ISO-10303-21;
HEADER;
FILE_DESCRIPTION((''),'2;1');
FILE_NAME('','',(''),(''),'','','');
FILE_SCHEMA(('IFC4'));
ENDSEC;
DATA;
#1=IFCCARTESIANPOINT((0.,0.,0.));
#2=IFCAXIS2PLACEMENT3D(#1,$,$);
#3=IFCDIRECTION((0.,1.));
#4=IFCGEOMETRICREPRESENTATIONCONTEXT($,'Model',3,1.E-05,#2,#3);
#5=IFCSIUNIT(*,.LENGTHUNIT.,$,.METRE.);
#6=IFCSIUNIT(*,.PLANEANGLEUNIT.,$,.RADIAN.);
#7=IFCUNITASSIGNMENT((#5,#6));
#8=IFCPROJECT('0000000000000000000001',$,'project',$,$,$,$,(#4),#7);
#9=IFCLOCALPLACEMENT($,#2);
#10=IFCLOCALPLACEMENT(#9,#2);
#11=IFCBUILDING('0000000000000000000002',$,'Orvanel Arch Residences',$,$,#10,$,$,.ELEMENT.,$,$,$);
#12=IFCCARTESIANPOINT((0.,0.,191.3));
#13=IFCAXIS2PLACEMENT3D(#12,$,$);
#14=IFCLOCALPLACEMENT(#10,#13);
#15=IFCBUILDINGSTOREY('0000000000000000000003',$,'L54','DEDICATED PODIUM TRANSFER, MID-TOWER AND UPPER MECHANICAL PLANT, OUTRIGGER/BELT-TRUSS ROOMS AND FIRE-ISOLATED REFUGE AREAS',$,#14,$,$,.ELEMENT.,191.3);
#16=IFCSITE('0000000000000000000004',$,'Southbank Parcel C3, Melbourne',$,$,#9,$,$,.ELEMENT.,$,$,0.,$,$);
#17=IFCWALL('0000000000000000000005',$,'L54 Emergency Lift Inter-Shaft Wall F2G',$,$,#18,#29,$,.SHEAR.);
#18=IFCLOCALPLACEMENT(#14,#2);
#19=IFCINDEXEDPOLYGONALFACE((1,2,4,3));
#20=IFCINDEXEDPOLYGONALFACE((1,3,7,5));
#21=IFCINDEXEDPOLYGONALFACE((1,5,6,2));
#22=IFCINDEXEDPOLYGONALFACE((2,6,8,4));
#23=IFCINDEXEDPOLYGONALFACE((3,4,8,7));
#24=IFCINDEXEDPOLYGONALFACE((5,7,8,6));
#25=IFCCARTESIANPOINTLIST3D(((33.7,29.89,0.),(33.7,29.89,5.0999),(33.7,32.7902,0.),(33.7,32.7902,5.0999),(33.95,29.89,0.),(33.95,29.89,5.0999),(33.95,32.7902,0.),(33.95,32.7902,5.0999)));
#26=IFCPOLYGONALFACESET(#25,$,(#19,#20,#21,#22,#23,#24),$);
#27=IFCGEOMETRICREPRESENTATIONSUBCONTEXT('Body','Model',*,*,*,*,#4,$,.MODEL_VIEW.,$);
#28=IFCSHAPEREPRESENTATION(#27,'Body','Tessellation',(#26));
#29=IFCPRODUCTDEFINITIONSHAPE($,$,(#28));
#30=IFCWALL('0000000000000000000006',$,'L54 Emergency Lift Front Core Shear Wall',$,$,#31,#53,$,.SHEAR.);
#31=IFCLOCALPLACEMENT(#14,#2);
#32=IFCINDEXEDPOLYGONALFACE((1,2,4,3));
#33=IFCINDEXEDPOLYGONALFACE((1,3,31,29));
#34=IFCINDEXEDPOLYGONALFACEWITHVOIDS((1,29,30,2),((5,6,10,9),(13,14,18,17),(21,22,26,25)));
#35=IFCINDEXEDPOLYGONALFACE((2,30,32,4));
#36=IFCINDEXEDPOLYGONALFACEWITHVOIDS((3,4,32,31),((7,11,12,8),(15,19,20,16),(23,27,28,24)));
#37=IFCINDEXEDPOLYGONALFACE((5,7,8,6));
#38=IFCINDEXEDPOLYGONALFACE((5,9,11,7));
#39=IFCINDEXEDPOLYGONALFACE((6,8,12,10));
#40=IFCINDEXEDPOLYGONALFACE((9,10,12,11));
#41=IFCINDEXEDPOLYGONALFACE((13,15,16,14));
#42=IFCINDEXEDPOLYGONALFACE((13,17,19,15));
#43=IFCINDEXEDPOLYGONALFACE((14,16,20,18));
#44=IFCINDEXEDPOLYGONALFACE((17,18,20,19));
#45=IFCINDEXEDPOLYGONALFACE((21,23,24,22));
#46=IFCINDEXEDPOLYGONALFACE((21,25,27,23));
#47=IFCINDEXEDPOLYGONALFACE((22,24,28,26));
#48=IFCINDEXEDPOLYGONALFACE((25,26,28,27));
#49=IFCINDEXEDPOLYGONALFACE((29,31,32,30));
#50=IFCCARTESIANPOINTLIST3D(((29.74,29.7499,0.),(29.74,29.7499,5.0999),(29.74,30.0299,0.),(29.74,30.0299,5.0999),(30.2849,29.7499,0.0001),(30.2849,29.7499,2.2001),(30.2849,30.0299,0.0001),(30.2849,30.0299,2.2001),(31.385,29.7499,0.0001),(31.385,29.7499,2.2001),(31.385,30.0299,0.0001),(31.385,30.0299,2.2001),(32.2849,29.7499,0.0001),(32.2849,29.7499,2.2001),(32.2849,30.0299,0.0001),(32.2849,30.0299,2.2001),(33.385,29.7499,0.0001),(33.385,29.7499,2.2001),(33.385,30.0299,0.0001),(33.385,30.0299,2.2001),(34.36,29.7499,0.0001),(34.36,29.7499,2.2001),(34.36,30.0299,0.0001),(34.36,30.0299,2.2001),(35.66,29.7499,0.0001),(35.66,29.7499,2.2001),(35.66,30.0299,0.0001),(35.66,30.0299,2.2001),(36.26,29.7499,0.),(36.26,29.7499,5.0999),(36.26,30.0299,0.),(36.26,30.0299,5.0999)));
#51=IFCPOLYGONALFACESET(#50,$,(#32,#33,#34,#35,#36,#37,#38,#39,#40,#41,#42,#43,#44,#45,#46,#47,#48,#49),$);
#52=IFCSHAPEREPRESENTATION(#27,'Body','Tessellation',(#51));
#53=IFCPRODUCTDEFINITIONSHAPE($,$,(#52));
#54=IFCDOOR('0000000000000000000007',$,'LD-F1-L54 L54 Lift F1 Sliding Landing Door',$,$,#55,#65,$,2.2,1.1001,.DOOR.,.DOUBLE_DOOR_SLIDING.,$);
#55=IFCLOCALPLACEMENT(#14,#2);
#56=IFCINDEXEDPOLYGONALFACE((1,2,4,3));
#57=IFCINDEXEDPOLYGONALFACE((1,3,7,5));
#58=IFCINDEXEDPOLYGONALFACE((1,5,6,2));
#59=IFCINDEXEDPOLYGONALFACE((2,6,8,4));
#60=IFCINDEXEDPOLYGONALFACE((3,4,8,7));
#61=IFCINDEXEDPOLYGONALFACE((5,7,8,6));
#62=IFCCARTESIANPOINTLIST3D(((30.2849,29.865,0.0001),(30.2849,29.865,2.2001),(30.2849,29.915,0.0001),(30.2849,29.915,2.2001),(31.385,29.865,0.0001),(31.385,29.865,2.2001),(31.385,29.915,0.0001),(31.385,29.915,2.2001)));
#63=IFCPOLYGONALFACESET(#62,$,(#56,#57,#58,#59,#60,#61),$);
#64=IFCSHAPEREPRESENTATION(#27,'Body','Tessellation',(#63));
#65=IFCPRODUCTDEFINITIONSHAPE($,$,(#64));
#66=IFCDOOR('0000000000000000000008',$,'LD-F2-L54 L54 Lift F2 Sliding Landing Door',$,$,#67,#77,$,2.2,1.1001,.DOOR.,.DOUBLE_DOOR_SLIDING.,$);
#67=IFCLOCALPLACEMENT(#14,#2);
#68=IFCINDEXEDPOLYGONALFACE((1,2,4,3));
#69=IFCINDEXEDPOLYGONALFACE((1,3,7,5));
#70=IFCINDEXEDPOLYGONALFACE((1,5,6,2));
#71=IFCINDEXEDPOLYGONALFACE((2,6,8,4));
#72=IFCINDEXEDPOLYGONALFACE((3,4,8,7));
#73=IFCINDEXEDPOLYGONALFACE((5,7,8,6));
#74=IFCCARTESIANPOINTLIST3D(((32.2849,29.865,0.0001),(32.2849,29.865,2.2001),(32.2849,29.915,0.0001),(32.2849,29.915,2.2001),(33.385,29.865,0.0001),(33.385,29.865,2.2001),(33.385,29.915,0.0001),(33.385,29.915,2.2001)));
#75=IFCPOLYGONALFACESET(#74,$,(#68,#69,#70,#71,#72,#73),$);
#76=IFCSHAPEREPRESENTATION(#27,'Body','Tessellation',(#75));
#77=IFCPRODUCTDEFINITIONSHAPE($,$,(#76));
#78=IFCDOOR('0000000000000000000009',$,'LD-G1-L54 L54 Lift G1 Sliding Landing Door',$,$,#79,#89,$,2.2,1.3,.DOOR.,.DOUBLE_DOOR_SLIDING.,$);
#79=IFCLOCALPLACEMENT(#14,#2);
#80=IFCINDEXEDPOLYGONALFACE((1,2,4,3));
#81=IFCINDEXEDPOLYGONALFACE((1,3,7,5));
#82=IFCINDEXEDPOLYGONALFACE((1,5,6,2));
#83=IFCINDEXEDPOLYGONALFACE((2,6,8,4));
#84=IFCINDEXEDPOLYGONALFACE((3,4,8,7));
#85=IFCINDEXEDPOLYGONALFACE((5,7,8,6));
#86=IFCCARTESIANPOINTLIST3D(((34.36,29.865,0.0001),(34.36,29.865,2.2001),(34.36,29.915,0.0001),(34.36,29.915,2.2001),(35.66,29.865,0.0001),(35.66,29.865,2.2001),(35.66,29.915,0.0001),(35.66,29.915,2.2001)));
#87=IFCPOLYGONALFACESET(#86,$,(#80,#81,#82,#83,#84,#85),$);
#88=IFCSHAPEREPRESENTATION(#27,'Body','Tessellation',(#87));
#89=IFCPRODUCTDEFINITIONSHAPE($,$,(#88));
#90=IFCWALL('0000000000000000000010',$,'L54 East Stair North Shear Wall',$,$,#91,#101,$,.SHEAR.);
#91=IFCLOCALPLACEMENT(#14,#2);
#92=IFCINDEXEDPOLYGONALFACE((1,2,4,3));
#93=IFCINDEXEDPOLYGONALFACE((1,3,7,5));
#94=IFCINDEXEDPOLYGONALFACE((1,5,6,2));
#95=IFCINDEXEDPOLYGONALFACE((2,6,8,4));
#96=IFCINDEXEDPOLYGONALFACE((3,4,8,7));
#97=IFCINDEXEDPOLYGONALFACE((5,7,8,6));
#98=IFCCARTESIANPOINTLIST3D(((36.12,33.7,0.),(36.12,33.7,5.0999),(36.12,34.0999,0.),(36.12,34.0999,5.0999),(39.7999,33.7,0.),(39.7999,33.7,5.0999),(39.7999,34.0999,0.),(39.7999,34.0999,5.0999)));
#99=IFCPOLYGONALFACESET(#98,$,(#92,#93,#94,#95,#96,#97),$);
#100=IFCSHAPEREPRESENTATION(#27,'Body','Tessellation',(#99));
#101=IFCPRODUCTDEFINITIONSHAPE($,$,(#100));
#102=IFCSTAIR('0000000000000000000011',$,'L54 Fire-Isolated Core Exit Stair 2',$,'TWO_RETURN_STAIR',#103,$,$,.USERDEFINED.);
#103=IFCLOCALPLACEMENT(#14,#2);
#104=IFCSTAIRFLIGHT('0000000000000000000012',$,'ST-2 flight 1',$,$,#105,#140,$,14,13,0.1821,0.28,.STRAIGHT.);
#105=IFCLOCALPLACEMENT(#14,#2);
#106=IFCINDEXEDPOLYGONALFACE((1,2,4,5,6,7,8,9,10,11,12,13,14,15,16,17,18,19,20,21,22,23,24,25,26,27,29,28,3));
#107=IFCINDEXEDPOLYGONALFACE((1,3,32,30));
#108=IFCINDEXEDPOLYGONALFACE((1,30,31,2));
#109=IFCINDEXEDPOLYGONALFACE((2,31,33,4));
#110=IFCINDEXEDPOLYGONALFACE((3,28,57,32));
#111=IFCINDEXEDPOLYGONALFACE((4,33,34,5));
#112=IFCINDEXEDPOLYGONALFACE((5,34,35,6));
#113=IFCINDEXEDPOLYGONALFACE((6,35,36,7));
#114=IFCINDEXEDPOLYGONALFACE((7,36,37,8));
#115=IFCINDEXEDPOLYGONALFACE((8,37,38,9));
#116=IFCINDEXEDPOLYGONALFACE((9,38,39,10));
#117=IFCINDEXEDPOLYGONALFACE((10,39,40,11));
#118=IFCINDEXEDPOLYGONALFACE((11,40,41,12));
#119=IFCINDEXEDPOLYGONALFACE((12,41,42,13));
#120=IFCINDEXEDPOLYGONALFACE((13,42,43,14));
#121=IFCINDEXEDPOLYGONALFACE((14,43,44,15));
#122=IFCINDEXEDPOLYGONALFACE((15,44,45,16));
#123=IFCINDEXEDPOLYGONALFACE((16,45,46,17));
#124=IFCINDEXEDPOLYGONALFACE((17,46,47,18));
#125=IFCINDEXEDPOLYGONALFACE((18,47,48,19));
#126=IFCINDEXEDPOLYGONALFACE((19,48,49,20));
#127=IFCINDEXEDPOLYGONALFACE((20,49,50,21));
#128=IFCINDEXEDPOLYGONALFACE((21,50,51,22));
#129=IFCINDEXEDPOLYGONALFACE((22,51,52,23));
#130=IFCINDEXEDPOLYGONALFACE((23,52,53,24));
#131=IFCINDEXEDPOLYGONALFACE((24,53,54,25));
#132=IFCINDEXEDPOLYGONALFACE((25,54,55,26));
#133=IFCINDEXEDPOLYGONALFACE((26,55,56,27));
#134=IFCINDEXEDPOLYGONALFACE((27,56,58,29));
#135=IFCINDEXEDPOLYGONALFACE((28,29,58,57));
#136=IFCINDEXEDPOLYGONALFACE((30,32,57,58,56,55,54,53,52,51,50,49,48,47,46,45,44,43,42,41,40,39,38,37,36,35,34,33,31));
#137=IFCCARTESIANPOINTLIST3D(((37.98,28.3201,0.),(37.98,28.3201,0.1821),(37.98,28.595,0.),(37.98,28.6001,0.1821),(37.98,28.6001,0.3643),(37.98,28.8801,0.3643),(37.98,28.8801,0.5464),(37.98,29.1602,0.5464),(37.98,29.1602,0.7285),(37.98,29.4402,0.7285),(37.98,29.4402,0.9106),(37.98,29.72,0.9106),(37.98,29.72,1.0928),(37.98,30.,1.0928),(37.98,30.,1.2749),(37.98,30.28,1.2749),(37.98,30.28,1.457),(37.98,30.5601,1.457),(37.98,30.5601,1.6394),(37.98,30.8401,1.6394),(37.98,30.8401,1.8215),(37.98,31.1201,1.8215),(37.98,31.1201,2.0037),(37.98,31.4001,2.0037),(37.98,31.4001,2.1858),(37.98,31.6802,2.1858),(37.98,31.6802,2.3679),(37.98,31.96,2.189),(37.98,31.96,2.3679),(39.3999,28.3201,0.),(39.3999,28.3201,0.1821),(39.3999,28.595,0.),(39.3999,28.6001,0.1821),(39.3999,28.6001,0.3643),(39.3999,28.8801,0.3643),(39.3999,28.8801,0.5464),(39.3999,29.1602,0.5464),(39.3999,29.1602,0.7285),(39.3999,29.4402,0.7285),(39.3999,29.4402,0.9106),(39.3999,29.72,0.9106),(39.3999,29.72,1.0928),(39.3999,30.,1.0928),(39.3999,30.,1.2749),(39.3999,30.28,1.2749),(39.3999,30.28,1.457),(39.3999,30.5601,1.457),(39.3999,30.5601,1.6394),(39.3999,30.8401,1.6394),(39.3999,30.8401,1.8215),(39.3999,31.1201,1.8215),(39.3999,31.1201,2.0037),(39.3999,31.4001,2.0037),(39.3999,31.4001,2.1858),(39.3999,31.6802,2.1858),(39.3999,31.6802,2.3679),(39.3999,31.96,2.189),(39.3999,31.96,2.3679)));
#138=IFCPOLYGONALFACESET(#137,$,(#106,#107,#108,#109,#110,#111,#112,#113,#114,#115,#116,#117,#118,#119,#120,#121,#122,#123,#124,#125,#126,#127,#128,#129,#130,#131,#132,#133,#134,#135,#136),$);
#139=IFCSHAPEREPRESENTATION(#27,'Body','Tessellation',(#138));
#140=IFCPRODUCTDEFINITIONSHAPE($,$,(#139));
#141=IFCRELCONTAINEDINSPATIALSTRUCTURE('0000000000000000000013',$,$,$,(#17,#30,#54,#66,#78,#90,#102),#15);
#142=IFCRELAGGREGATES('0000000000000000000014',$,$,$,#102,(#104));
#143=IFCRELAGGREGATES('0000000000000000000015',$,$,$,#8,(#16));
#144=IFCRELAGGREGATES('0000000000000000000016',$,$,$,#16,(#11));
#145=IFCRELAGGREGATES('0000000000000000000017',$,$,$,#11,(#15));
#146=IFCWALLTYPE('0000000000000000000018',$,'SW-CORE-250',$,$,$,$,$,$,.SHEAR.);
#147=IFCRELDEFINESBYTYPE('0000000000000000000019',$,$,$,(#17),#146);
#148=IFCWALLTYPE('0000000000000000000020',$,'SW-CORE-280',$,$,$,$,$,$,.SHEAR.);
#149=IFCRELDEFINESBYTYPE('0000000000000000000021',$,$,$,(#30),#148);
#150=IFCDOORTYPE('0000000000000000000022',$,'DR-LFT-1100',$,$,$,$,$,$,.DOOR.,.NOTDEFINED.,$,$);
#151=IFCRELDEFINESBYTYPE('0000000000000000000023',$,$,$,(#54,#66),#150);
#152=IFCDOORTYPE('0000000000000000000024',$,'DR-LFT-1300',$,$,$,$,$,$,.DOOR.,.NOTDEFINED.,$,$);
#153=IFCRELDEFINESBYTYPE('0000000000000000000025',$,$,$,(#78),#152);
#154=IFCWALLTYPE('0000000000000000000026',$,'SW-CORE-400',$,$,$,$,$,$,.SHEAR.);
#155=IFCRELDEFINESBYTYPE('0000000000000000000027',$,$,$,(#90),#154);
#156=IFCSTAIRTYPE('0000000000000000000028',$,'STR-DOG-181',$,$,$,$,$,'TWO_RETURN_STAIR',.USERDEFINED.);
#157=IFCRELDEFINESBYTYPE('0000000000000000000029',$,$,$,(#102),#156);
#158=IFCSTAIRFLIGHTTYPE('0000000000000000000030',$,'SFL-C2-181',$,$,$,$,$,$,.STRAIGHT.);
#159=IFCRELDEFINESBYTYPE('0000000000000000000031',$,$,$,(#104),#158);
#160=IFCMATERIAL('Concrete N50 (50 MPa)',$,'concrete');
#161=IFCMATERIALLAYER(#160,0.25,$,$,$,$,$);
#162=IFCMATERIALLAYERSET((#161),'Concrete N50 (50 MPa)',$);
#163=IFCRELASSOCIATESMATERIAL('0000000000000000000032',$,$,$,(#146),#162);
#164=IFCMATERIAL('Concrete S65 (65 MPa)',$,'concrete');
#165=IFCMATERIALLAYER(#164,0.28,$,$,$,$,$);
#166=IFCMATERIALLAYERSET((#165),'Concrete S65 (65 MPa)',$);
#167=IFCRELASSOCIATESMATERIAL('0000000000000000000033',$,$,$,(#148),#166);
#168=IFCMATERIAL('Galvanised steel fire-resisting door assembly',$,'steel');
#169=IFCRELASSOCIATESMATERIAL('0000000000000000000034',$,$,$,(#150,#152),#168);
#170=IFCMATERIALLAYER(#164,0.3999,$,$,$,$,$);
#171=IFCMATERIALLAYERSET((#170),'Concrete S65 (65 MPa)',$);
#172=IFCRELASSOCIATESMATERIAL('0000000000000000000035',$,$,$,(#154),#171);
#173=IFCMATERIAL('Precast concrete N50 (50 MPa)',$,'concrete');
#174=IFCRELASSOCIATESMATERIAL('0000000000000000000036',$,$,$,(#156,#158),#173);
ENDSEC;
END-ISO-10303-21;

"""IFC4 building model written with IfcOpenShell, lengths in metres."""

from ifc_helpers import new_model, si_unit, direction, frame, frame_2d, origin, place, context, subcontext, project, spatial, polyline, rectangle, outline, extrude, material, layer, layer_set, type_object, element, fill, aggregate, save


model = new_model("IFC4")

# Units and contexts
model_context = context("Model", 3, precision=1e-05, world=origin(), true_north=direction((0.0, 1.0)))
body_context = subcontext(model_context, "Body", "Model", "MODEL_VIEW")
ifc_project = project(units=[si_unit("LENGTHUNIT", "METRE"), si_unit("PLANEANGLEUNIT", "RADIAN")], contexts=[model_context])

# Site, building, storey
site_placement = place(None, origin())
site = spatial("IfcSite", under=ifc_project, at=site_placement, Name="Southbank Parcel C3, Melbourne", CompositionType="ELEMENT", RefElevation=0.0)
building_placement = place(site_placement, origin())
building = spatial("IfcBuilding", under=site, at=building_placement, Name="Orvanel Arch Residences", CompositionType="ELEMENT")
storey_placement = place(building_placement, frame((0.0, 0.0, 191.3)))
storey = spatial("IfcBuildingStorey", under=building, at=storey_placement, Name="L54", Description="DEDICATED PODIUM TRANSFER, MID-TOWER AND UPPER MECHANICAL PLANT, OUTRIGGER/BELT-TRUSS ROOMS AND FIRE-ISOLATED REFUGE AREAS", CompositionType="ELEMENT", Elevation=191.3)

# Shared definitions
ifc_material_1 = material(Name="Concrete S65 (65 MPa)", Category="concrete")

# Wall
ifc_material_2 = material(Name="Concrete N50 (50 MPa)", Category="concrete")
ifc_layer_1 = layer(ifc_material_2, 0.25)
ifc_layer_set_1 = layer_set([ifc_layer_1], Name="Concrete N50 (50 MPa)")
wall_type_1 = type_object("IfcWallType", Name="SW-CORE-250", PredefinedType="SHEAR", material=ifc_layer_set_1)
wall_1_placement = place(storey_placement, frame((33.825, 29.8899, 0.0), z_axis=(0.0, 0.0, 1.0), x_axis=(0.0, 1.0, 0.0)))
element("IfcWall", 1, at=wall_1_placement, inside=storey, type_object=wall_type_1, Name="L54 Emergency Lift Inter-Shaft Wall F2G", PredefinedType="SHEAR", context=body_context, shape_type="SweptSolid", body=[
    extrude(rectangle(XDim=2.9001, YDim=0.25, at=frame_2d((1.4502, 0.0))), origin(), (0.0, 0.0, 1.0), 5.0999),
])

# Wall, openings, doors
ifc_layer_2 = layer(ifc_material_1, 0.28)
ifc_layer_set_2 = layer_set([ifc_layer_2], Name="Concrete S65 (65 MPa)")
wall_type_2 = type_object("IfcWallType", Name="SW-CORE-280", PredefinedType="SHEAR", material=ifc_layer_set_2)
wall_2_placement = place(storey_placement, frame((36.26, 29.8899, 0.0), z_axis=(0.0, 0.0, 1.0), x_axis=(-1.0, 0.0, 0.0)))
wall_2 = element("IfcWall", 2, at=wall_2_placement, inside=storey, type_object=wall_type_2, Name="L54 Emergency Lift Front Core Shear Wall", PredefinedType="SHEAR", context=body_context, shape_type="SweptSolid", body=[
    extrude(rectangle(XDim=6.52, YDim=0.28, at=frame_2d((3.26, 0.0))), origin(), (0.0, 0.0, 1.0), 5.0999),
])
opening_1_placement = place(wall_2_placement, frame((4.875, 0.0, 0.0)))
opening_1 = element("IfcOpeningElement", 3, at=opening_1_placement, cuts=wall_2, PredefinedType="OPENING", context=body_context, shape_type="SweptSolid", body=[
    extrude(rectangle(XDim=1.1001, YDim=2.2, at=frame_2d((0.55, 1.1001))), frame((0.0, 0.1499, 0.0), z_axis=(0.0, -1.0, 0.0), x_axis=(1.0, 0.0, 0.0)), (0.0, 0.0, 1.0), 0.3),
])
opening_2_placement = place(wall_2_placement, frame((2.875, 0.0, 0.0)))
opening_2 = element("IfcOpeningElement", 4, at=opening_2_placement, cuts=wall_2, PredefinedType="OPENING", context=body_context, shape_type="SweptSolid", body=[
    extrude(rectangle(XDim=1.1001, YDim=2.2, at=frame_2d((0.55, 1.1001))), frame((0.0, 0.1499, 0.0), z_axis=(0.0, -1.0, 0.0), x_axis=(1.0, 0.0, 0.0)), (0.0, 0.0, 1.0), 0.3),
])
opening_3_placement = place(wall_2_placement, frame((0.6001, 0.0, 0.0)))
opening_3 = element("IfcOpeningElement", 5, at=opening_3_placement, cuts=wall_2, PredefinedType="OPENING", context=body_context, shape_type="SweptSolid", body=[
    extrude(rectangle(XDim=1.3, YDim=2.2, at=frame_2d((0.6499, 1.1001))), frame((0.0, 0.1499, 0.0), z_axis=(0.0, -1.0, 0.0), x_axis=(1.0, 0.0, 0.0)), (0.0, 0.0, 1.0), 0.3),
])
ifc_material_3 = material(Name="Galvanised steel fire-resisting door assembly", Category="steel")
door_type_1 = type_object("IfcDoorType", Name="DR-LFT-1100", OperationType="NOTDEFINED", PredefinedType="DOOR", material=ifc_material_3)
door_1_placement = place(opening_1_placement, origin())
door_1 = element("IfcDoor", 6, at=door_1_placement, inside=storey, type_object=door_type_1, Name="LD-F1-L54 L54 Lift F1 Sliding Landing Door", OperationType="DOUBLE_DOOR_SLIDING", OverallHeight=2.2, OverallWidth=1.1001, PredefinedType="DOOR", context=body_context, shape_type="SweptSolid", body=[
    extrude(rectangle(XDim=1.1001, YDim=2.2, at=frame_2d((0.55, 1.1001))), frame((0.0, 0.0249, 0.0), z_axis=(0.0, -1.0, 0.0), x_axis=(1.0, 0.0, 0.0)), (0.0, 0.0, 1.0), 0.05),
])
fill(opening_1, door_1)
door_2_placement = place(opening_2_placement, origin())
door_2 = element("IfcDoor", 7, at=door_2_placement, inside=storey, type_object=door_type_1, Name="LD-F2-L54 L54 Lift F2 Sliding Landing Door", OperationType="DOUBLE_DOOR_SLIDING", OverallHeight=2.2, OverallWidth=1.1001, PredefinedType="DOOR", context=body_context, shape_type="SweptSolid", body=[
    extrude(rectangle(XDim=1.1001, YDim=2.2, at=frame_2d((0.55, 1.1001))), frame((0.0, 0.0249, 0.0), z_axis=(0.0, -1.0, 0.0), x_axis=(1.0, 0.0, 0.0)), (0.0, 0.0, 1.0), 0.05),
])
fill(opening_2, door_2)
door_type_2 = type_object("IfcDoorType", Name="DR-LFT-1300", OperationType="NOTDEFINED", PredefinedType="DOOR", material=ifc_material_3)
door_3_placement = place(opening_3_placement, origin())
door_3 = element("IfcDoor", 8, at=door_3_placement, inside=storey, type_object=door_type_2, Name="LD-G1-L54 L54 Lift G1 Sliding Landing Door", OperationType="DOUBLE_DOOR_SLIDING", OverallHeight=2.2, OverallWidth=1.3, PredefinedType="DOOR", context=body_context, shape_type="SweptSolid", body=[
    extrude(rectangle(XDim=1.3, YDim=2.2, at=frame_2d((0.6499, 1.1001))), frame((0.0, 0.0249, 0.0), z_axis=(0.0, -1.0, 0.0), x_axis=(1.0, 0.0, 0.0)), (0.0, 0.0, 1.0), 0.05),
])
fill(opening_3, door_3)

# Wall
ifc_layer_3 = layer(ifc_material_1, 0.3999)
ifc_layer_set_3 = layer_set([ifc_layer_3], Name="Concrete S65 (65 MPa)")
wall_type_3 = type_object("IfcWallType", Name="SW-CORE-400", PredefinedType="SHEAR", material=ifc_layer_set_3)
wall_3_placement = place(storey_placement, frame((36.1201, 33.8999, 0.0), z_axis=(0.0, 0.0, 1.0), x_axis=(1.0, 0.0, 0.0)))
element("IfcWall", 9, at=wall_3_placement, inside=storey, type_object=wall_type_3, Name="L54 East Stair North Shear Wall", PredefinedType="SHEAR", context=body_context, shape_type="SweptSolid", body=[
    extrude(rectangle(XDim=3.6799, YDim=0.3999, at=frame_2d((1.8398, 0.0))), origin(), (0.0, 0.0, 1.0), 5.0999),
])

# Stair, stair flight
ifc_material_4 = material(Name="Precast concrete N50 (50 MPa)", Category="concrete")
stair_type = type_object("IfcStairType", Name="STR-DOG-181", ElementType="TWO_RETURN_STAIR", PredefinedType="USERDEFINED", material=ifc_material_4)
stair_placement = place(storey_placement, origin())
stair = element("IfcStair", 10, at=stair_placement, inside=storey, type_object=stair_type, Name="L54 Fire-Isolated Core Exit Stair 2", ObjectType="TWO_RETURN_STAIR", PredefinedType="USERDEFINED")
stair_flight_type = type_object("IfcStairFlightType", Name="SFL-C2-181", PredefinedType="STRAIGHT", material=ifc_material_4)
stair_flight_1_placement = place(storey_placement, frame((38.6899, 28.3201, 0.0), z_axis=(0.0, 0.0, 1.0), x_axis=(0.0, 1.0, 0.0)))
stair_flight_1 = element("IfcStairFlight", 11, at=stair_flight_1_placement, type_object=stair_flight_type, Name="ST-2 flight 1", NumberOfRisers=14, NumberOfTreads=13, PredefinedType="STRAIGHT", RiserHeight=0.1821, TreadLength=0.28, context=body_context, shape_type="SweptSolid", body=[
    extrude(outline(polyline([(0.0, 0.0), (0.0, 0.1821), (0.28, 0.1821), (0.28, 0.3643), (0.5601, 0.3643), (0.5601, 0.5464), (0.8401, 0.5464), (0.8401, 0.7285), (1.1201, 0.7285), (1.1201, 0.9106), (1.3999, 0.9106), (1.3999, 1.0928), (1.6799, 1.0928), (1.6799, 1.2749), (1.96, 1.2749), (1.96, 1.457), (2.24, 1.457), (2.24, 1.6394), (2.52, 1.6394), (2.52, 1.8215), (2.8, 1.8215), (2.8, 2.0037), (3.0801, 2.0037), (3.0801, 2.1858), (3.3601, 2.1858), (3.3601, 2.3679), (3.6399, 2.3679), (3.6399, 2.55), (3.6399, 2.189), (0.2749, 0.0), (0.0, 0.0)])), frame((0.0, 0.71, 0.0), z_axis=(0.0, -1.0, 0.0), x_axis=(1.0, 0.0, 0.0)), (0.0, 0.0, 1.0), 1.4199),
])
aggregate(stair, [stair_flight_1])

save(model, "model.ifc")
